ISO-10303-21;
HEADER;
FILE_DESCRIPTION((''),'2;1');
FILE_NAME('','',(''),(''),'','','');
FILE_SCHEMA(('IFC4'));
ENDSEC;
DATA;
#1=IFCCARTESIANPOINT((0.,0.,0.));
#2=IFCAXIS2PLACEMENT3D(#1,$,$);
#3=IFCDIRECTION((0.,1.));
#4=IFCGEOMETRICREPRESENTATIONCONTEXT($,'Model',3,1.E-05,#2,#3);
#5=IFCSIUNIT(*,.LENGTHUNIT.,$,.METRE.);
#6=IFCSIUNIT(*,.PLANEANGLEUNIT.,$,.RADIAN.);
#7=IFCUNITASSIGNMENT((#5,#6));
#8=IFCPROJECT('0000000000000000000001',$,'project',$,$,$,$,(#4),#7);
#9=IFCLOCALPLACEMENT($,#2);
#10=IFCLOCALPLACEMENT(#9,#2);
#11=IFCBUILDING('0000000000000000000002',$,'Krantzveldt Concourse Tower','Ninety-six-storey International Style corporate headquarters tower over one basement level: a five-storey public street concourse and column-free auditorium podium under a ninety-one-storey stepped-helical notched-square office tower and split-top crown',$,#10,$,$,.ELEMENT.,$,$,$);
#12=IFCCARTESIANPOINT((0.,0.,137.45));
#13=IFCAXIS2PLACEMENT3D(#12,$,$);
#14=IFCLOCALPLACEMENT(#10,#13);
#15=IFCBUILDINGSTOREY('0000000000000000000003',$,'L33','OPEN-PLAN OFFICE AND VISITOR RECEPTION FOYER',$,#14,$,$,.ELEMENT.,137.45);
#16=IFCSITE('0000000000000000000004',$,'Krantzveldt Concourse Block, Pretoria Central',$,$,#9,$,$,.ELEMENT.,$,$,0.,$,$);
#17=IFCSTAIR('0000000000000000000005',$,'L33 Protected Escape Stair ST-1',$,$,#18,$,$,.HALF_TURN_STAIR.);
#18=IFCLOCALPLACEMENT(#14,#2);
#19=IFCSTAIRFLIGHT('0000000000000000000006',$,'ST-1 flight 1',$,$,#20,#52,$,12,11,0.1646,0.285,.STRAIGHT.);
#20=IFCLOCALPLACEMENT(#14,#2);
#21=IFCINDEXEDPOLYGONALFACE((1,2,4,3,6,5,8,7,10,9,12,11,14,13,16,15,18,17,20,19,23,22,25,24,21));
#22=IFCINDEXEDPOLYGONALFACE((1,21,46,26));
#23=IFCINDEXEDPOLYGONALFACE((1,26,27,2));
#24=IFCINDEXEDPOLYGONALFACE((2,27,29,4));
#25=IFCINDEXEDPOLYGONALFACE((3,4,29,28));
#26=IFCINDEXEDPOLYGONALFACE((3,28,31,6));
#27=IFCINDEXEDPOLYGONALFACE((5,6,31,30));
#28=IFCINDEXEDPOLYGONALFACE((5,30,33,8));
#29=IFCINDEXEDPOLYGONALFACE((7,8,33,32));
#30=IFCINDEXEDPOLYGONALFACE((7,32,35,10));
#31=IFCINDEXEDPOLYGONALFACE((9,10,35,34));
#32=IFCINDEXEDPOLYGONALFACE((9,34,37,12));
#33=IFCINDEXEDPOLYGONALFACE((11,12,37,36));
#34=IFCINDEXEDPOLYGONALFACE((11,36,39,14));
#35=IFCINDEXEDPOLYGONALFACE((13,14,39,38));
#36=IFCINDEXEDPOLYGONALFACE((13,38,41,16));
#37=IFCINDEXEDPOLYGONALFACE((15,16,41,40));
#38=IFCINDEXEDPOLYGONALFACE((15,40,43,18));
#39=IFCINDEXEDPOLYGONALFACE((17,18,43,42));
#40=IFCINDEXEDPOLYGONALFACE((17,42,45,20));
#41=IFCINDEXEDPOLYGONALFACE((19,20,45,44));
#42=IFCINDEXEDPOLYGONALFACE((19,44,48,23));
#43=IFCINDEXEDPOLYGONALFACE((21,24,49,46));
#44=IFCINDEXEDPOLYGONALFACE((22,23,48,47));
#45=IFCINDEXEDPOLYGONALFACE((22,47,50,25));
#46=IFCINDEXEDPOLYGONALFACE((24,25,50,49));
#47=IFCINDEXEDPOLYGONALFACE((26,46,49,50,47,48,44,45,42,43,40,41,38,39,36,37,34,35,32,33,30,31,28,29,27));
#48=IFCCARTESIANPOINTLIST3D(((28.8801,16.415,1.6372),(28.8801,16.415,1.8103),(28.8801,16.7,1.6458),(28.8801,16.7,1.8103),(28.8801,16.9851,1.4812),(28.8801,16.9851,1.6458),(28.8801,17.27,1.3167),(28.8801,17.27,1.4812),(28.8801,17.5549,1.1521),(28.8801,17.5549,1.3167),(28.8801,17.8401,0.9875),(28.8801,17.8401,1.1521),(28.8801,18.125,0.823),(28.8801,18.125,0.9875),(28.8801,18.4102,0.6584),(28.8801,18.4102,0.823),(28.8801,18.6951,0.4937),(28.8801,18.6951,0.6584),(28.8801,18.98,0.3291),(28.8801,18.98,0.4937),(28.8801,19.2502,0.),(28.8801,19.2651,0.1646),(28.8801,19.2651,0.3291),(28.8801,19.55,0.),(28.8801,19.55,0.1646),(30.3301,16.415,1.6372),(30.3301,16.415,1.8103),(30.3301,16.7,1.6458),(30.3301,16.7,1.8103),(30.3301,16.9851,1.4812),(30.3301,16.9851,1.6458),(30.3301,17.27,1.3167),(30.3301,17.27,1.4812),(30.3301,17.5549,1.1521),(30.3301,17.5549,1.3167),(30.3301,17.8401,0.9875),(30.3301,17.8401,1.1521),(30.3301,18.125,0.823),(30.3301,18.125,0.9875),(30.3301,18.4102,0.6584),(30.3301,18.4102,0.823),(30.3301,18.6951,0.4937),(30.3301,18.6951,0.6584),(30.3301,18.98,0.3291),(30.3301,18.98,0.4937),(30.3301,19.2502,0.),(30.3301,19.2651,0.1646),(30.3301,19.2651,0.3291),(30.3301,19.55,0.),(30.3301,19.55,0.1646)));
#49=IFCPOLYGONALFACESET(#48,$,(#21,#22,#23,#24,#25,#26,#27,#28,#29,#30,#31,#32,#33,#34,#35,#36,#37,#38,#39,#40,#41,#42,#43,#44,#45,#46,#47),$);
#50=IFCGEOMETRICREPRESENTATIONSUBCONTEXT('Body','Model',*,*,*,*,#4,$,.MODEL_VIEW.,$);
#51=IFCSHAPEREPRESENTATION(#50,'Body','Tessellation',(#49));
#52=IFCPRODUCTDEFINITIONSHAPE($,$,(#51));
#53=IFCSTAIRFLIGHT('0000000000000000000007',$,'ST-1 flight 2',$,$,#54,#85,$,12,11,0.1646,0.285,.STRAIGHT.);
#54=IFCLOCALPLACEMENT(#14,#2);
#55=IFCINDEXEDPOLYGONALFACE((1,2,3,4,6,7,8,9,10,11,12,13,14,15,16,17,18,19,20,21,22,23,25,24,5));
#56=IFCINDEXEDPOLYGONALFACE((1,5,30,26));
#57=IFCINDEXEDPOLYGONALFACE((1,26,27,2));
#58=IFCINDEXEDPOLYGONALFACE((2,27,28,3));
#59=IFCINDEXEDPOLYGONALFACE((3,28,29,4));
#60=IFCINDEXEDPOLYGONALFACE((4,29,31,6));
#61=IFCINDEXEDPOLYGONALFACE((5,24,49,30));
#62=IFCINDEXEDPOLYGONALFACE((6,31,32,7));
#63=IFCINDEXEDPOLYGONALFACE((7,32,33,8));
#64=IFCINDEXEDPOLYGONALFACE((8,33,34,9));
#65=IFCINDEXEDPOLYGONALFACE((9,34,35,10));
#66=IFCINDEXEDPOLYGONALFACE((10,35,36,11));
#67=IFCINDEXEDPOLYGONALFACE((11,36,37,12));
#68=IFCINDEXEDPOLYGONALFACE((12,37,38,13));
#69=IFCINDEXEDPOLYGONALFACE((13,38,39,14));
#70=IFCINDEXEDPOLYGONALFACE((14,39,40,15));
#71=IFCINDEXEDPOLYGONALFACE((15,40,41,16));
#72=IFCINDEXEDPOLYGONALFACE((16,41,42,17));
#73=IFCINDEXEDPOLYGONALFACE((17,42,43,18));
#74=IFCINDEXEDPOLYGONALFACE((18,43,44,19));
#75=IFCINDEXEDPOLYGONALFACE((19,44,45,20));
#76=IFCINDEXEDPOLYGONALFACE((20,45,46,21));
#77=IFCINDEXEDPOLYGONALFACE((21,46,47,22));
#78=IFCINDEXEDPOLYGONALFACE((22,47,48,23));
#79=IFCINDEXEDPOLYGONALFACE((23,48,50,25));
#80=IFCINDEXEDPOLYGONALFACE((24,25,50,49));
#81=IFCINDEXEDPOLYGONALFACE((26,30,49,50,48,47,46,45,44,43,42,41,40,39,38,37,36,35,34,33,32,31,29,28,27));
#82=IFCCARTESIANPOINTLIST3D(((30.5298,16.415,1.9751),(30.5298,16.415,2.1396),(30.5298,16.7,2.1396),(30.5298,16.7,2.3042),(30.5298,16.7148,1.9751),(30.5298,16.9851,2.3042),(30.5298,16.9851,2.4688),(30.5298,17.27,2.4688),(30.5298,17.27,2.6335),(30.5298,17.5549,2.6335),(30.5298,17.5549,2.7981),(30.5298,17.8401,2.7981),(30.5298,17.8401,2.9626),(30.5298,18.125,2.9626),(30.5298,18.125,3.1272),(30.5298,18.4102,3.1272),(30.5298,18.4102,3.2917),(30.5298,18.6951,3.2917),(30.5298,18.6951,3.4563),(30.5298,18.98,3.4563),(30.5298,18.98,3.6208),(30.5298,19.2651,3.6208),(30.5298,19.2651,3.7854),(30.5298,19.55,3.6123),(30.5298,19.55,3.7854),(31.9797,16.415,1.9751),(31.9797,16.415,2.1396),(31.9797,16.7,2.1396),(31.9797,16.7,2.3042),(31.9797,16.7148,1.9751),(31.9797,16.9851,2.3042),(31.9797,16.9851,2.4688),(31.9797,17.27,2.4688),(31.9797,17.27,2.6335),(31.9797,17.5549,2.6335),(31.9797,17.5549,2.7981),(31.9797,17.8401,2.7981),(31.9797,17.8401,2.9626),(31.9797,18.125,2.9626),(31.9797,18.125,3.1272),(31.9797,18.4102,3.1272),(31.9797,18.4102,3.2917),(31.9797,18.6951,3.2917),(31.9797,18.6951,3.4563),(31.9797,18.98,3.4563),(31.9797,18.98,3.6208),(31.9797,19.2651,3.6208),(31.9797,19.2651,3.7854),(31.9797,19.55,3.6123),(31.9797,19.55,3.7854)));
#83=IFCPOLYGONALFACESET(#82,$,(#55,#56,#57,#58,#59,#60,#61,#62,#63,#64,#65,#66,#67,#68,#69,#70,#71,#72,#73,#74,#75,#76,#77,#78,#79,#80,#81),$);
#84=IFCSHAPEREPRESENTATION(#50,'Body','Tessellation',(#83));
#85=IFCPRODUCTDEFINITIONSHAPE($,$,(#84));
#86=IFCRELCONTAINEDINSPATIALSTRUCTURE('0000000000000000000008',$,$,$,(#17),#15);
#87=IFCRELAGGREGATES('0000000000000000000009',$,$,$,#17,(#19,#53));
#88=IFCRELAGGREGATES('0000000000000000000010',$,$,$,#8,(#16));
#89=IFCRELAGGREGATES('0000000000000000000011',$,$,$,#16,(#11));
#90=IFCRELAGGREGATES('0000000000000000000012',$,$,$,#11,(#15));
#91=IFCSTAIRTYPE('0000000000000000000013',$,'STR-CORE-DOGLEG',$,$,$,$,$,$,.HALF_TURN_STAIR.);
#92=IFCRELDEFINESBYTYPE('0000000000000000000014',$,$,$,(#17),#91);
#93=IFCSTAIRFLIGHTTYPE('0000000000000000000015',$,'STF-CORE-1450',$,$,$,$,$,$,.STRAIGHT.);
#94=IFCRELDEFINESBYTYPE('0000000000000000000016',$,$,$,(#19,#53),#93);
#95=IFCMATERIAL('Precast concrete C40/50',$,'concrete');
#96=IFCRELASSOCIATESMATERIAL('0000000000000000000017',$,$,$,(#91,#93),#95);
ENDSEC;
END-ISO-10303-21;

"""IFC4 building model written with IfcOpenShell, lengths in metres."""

from ifc_helpers import new_model, si_unit, direction, frame, origin, place, context, subcontext, project, spatial, polyline, outline, extrude, material, type_object, element, aggregate, save


model = new_model("IFC4")

# Units and contexts
model_context = context("Model", 3, precision=1e-05, world=origin(), true_north=direction((0.0, 1.0)))
body_context = subcontext(model_context, "Body", "Model", "MODEL_VIEW")
ifc_project = project(units=[si_unit("LENGTHUNIT", "METRE"), si_unit("PLANEANGLEUNIT", "RADIAN")], contexts=[model_context])

# Site, building, storey
site_placement = place(None, origin())
site = spatial("IfcSite", under=ifc_project, at=site_placement, Name="Krantzveldt Concourse Block, Pretoria Central", CompositionType="ELEMENT", RefElevation=0.0)
building_placement = place(site_placement, origin())
building = spatial("IfcBuilding", under=site, at=building_placement, Name="Krantzveldt Concourse Tower", Description="Ninety-six-storey International Style corporate headquarters tower over one basement level: a five-storey public street concourse and column-free auditorium podium under a ninety-one-storey stepped-helical notched-square office tower and split-top crown", CompositionType="ELEMENT")
storey_placement = place(building_placement, frame((0.0, 0.0, 137.45)))
storey = spatial("IfcBuildingStorey", under=building, at=storey_placement, Name="L33", Description="OPEN-PLAN OFFICE AND VISITOR RECEPTION FOYER", CompositionType="ELEMENT", Elevation=137.45)

# Stair, stair flights
ifc_material_1 = material(Name="Precast concrete C40/50", Category="concrete")
stair_type = type_object("IfcStairType", Name="STR-CORE-DOGLEG", PredefinedType="HALF_TURN_STAIR", material=ifc_material_1)
stair_placement = place(storey_placement, origin())
stair = element("IfcStair", 1, at=stair_placement, inside=storey, type_object=stair_type, Name="L33 Protected Escape Stair ST-1", PredefinedType="HALF_TURN_STAIR")
stair_flight_type = type_object("IfcStairFlightType", Name="STF-CORE-1450", PredefinedType="STRAIGHT", material=ifc_material_1)
stair_flight_1_placement = place(storey_placement, frame((29.605, 19.55, 0.0), z_axis=(0.0, 0.0, 1.0), x_axis=(0.0, -1.0, 0.0)))
stair_flight_1 = element("IfcStairFlight", 2, at=stair_flight_1_placement, type_object=stair_flight_type, Name="ST-1 flight 1", NumberOfRisers=12, NumberOfTreads=11, PredefinedType="STRAIGHT", RiserHeight=0.1646, TreadLength=0.285, context=body_context, shape_type="SweptSolid", body=[
    extrude(outline(polyline([(0.0, 0.0), (0.0, 0.1646), (0.2849, 0.1646), (0.2849, 0.3291), (0.5701, 0.3291), (0.5701, 0.4937), (0.855, 0.4937), (0.855, 0.6584), (1.1399, 0.6584), (1.1399, 0.823), (1.425, 0.823), (1.425, 0.9875), (1.71, 0.9875), (1.71, 1.1521), (1.9951, 1.1521), (1.9951, 1.3167), (2.28, 1.3167), (2.28, 1.4812), (2.5649, 1.4812), (2.5649, 1.6458), (2.8501, 1.6458), (2.8501, 1.8103), (3.135, 1.8103), (3.135, 1.9751), (3.135, 1.6372), (0.2998, 0.0), (0.0, 0.0)])), frame((0.0, 0.7251, 0.0), z_axis=(0.0, -1.0, 0.0), x_axis=(1.0, 0.0, 0.0)), (0.0, 0.0, 1.0), 1.45),
])
stair_flight_2_placement = place(storey_placement, frame((31.2549, 16.415, 1.9751), z_axis=(0.0, 0.0, 1.0), x_axis=(0.0, 1.0, 0.0)))
stair_flight_2 = element("IfcStairFlight", 3, at=stair_flight_2_placement, type_object=stair_flight_type, Name="ST-1 flight 2", NumberOfRisers=12, NumberOfTreads=11, PredefinedType="STRAIGHT", RiserHeight=0.1646, TreadLength=0.285, context=body_context, shape_type="SweptSolid", body=[
    extrude(outline(polyline([(0.0, 0.0), (0.0, 0.1646), (0.2849, 0.1646), (0.2849, 0.3291), (0.5701, 0.3291), (0.5701, 0.4937), (0.855, 0.4937), (0.855, 0.6584), (1.1399, 0.6584), (1.1399, 0.823), (1.425, 0.823), (1.425, 0.9875), (1.71, 0.9875), (1.71, 1.1521), (1.9951, 1.1521), (1.9951, 1.3167), (2.28, 1.3167), (2.28, 1.4812), (2.5649, 1.4812), (2.5649, 1.6458), (2.8501, 1.6458), (2.8501, 1.8103), (3.135, 1.8103), (3.135, 1.9751), (3.135, 1.6372), (0.2998, 0.0), (0.0, 0.0)])), frame((0.0, 0.7251, 0.0), z_axis=(0.0, -1.0, 0.0), x_axis=(1.0, 0.0, 0.0)), (0.0, 0.0, 1.0), 1.45),
])
aggregate(stair, [stair_flight_1, stair_flight_2])

save(model, "model.ifc")
